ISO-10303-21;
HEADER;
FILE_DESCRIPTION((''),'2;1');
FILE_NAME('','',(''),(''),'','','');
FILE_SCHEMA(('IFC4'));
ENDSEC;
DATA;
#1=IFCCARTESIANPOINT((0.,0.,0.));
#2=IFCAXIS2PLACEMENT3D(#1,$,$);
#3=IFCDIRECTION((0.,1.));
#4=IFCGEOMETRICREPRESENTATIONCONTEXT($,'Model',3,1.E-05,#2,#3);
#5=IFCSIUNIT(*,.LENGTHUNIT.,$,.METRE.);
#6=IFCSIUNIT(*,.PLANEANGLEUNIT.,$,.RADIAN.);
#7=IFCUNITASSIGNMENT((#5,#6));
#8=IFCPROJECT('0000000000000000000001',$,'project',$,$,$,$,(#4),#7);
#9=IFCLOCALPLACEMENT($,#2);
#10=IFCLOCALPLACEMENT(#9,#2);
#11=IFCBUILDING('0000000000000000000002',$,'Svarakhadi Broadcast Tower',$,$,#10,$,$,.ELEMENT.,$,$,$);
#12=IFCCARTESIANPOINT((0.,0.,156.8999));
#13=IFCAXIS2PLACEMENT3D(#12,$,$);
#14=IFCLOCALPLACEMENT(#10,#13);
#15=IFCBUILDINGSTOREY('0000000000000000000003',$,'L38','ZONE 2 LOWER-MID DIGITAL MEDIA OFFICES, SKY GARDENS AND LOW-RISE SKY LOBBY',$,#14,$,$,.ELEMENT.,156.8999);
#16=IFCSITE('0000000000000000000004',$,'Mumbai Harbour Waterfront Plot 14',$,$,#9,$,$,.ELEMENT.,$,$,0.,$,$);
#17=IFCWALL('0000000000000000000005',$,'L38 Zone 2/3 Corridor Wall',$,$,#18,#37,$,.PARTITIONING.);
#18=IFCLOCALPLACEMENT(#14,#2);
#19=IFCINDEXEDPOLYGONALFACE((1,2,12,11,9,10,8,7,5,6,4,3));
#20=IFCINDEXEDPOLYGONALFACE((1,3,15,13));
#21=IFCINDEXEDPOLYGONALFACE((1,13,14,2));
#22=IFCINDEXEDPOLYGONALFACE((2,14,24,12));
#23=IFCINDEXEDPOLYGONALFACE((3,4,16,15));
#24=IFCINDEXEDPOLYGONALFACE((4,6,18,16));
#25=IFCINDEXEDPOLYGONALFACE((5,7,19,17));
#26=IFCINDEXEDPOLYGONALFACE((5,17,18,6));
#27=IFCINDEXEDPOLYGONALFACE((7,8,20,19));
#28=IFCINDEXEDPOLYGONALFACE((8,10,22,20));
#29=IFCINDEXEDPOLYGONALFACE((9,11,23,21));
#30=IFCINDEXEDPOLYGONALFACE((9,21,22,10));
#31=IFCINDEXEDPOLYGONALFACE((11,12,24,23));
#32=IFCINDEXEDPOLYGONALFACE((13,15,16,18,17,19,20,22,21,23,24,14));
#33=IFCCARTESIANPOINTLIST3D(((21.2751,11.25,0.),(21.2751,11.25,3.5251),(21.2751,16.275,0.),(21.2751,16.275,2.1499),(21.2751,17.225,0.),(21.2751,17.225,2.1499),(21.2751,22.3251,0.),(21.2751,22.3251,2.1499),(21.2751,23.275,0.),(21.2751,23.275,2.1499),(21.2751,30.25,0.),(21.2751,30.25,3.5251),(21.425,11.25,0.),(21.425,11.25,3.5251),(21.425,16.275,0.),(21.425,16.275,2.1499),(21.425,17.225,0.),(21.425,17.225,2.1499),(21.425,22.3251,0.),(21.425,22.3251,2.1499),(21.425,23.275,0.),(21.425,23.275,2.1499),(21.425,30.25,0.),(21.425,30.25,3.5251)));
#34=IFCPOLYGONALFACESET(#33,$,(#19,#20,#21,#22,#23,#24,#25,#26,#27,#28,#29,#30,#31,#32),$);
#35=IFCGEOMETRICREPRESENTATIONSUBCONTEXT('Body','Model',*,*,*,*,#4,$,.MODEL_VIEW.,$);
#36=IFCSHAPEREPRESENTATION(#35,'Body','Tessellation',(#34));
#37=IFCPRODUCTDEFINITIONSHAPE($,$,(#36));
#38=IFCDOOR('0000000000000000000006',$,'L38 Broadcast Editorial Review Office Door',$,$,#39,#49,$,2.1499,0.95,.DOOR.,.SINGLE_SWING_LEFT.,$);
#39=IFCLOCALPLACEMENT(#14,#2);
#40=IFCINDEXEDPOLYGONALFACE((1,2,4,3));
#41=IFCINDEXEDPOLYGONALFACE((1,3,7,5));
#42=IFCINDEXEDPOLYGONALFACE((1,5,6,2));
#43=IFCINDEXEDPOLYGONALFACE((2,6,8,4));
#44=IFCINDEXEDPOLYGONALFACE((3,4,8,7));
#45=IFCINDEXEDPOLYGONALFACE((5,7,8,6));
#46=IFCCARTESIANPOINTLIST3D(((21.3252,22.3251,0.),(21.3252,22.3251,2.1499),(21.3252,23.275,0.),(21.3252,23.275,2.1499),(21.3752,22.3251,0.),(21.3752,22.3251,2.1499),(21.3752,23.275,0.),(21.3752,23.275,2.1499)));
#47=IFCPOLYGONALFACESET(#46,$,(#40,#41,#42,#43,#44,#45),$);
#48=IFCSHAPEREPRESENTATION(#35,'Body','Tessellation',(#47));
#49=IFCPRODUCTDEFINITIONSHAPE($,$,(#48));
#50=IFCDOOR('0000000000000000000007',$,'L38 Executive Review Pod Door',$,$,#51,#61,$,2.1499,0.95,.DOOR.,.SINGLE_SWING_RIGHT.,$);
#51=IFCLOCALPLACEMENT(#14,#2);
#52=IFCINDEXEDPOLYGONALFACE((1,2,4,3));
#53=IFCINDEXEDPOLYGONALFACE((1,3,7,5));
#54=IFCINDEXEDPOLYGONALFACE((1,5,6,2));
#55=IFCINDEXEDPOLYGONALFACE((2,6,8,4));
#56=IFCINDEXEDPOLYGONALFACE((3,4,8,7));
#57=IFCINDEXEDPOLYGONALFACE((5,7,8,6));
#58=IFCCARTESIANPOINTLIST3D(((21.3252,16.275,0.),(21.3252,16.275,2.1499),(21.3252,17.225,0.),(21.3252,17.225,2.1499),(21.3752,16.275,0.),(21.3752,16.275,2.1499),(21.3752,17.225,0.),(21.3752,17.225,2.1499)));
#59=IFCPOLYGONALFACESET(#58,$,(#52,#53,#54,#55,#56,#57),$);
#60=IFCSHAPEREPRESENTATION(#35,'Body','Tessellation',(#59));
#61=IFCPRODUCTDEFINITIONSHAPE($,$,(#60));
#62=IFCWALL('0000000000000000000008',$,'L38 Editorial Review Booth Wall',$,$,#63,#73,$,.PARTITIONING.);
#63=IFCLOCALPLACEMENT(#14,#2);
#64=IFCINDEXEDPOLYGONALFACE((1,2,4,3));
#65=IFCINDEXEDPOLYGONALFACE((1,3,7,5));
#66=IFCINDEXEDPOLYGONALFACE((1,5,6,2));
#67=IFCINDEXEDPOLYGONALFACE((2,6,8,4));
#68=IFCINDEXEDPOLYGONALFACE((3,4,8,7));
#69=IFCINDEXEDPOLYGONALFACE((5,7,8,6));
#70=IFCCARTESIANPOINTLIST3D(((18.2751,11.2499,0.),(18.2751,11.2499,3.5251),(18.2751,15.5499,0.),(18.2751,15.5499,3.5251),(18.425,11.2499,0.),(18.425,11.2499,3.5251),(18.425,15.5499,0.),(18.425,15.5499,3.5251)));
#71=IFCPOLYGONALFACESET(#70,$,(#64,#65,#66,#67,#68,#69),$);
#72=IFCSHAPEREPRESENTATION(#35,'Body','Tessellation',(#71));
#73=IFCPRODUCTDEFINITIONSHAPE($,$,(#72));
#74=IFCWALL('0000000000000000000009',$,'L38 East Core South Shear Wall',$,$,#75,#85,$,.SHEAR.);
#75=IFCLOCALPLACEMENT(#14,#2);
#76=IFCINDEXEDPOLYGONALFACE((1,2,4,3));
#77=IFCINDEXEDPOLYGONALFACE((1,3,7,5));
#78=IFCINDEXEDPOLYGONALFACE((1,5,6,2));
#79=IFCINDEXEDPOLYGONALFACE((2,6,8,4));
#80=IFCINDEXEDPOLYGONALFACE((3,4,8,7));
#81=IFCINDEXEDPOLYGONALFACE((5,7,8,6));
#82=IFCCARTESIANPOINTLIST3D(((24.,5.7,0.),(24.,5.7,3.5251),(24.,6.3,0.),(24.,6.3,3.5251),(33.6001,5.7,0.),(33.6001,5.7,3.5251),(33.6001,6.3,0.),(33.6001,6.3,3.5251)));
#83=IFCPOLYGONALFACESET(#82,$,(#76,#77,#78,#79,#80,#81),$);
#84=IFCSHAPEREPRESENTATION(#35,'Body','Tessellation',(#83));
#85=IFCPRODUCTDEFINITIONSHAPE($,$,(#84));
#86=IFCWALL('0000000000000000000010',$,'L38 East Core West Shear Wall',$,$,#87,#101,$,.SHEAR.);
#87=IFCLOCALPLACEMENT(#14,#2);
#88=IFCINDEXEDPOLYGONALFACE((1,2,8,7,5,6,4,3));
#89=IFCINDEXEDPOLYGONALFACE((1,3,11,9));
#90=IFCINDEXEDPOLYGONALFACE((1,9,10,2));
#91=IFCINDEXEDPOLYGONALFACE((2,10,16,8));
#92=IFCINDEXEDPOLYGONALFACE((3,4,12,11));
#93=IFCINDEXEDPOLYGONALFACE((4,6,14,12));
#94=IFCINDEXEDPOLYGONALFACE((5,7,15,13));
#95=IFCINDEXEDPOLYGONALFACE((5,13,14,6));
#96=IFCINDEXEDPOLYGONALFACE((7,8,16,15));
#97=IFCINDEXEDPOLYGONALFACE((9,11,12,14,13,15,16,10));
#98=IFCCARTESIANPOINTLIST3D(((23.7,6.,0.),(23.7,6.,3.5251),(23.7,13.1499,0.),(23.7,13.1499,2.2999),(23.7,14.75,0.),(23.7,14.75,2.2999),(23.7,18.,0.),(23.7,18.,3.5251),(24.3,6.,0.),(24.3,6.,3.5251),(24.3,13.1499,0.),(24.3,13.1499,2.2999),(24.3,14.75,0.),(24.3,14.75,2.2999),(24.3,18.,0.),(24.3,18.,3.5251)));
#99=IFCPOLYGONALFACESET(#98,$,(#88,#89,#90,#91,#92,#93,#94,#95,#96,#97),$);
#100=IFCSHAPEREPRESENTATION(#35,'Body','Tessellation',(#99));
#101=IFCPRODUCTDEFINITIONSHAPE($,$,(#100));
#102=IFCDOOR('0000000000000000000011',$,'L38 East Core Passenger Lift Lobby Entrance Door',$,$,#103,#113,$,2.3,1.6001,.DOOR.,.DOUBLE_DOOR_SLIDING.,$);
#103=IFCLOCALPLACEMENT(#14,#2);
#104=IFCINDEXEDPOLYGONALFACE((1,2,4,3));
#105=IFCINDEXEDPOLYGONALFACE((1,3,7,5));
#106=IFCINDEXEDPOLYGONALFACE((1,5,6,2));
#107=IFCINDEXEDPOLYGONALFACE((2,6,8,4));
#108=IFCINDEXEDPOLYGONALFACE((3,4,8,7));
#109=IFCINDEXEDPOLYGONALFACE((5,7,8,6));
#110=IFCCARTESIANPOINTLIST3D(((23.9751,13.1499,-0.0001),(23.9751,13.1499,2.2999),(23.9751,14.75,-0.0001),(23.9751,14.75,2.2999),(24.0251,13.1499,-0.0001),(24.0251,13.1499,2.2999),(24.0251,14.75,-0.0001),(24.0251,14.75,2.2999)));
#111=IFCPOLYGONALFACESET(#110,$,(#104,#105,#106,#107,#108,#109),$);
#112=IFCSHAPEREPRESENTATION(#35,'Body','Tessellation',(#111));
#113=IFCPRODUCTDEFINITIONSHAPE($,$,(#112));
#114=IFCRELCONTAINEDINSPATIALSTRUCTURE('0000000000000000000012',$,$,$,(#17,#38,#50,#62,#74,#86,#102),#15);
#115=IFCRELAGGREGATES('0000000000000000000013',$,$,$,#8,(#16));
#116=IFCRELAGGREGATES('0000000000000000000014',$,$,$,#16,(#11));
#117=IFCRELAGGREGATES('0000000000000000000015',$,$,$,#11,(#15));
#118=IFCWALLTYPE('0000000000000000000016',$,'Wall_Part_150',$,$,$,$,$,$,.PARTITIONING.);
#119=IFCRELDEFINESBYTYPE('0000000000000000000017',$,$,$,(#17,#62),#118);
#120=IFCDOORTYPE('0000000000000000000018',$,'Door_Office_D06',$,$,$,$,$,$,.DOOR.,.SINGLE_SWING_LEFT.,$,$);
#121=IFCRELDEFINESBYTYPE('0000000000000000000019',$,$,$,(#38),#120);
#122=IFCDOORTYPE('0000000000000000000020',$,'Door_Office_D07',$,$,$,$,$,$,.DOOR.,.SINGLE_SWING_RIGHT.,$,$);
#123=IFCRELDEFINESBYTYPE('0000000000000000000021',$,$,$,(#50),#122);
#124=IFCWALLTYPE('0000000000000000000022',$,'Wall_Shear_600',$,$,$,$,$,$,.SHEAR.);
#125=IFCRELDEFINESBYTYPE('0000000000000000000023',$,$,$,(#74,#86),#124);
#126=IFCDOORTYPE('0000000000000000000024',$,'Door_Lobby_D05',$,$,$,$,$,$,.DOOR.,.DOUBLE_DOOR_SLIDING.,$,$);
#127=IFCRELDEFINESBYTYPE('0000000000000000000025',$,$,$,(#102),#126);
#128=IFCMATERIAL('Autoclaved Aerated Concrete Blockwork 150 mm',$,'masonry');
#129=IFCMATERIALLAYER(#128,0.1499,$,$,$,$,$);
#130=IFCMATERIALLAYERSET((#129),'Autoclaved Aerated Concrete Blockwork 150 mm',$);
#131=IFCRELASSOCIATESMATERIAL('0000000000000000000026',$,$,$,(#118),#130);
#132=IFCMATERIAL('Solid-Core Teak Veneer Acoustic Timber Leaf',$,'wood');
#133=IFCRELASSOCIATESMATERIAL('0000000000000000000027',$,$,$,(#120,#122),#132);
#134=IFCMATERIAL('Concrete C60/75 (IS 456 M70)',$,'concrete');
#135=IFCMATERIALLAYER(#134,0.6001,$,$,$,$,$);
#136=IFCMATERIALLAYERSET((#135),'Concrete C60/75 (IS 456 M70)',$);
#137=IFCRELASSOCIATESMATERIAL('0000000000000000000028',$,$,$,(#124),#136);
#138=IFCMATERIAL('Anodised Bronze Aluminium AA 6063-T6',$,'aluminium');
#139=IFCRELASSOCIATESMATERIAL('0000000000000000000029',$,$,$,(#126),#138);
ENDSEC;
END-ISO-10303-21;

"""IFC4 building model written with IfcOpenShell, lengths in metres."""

from ifc_helpers import new_model, si_unit, direction, frame, frame_2d, origin, place, context, subcontext, project, spatial, rectangle, extrude, material, layer, layer_set, type_object, element, fill, save


model = new_model("IFC4")

# Units and contexts
model_context = context("Model", 3, precision=1e-05, world=origin(), true_north=direction((0.0, 1.0)))
body_context = subcontext(model_context, "Body", "Model", "MODEL_VIEW")
ifc_project = project(units=[si_unit("LENGTHUNIT", "METRE"), si_unit("PLANEANGLEUNIT", "RADIAN")], contexts=[model_context])

# Site, building, storey
site_placement = place(None, origin())
site = spatial("IfcSite", under=ifc_project, at=site_placement, Name="Mumbai Harbour Waterfront Plot 14", CompositionType="ELEMENT", RefElevation=0.0)
building_placement = place(site_placement, origin())
building = spatial("IfcBuilding", under=site, at=building_placement, Name="Svarakhadi Broadcast Tower", CompositionType="ELEMENT")
storey_placement = place(building_placement, frame((0.0, 0.0, 156.8999)))
storey = spatial("IfcBuildingStorey", under=building, at=storey_placement, Name="L38", Description="ZONE 2 LOWER-MID DIGITAL MEDIA OFFICES, SKY GARDENS AND LOW-RISE SKY LOBBY", CompositionType="ELEMENT", Elevation=156.8999)

# Shared definitions
ifc_material_1 = material(Name="Autoclaved Aerated Concrete Blockwork 150 mm", Category="masonry")
ifc_layer_1 = layer(ifc_material_1, 0.1499)
ifc_layer_set_1 = layer_set([ifc_layer_1], Name="Autoclaved Aerated Concrete Blockwork 150 mm")
wall_type_1 = type_object("IfcWallType", Name="Wall_Part_150", PredefinedType="PARTITIONING", material=ifc_layer_set_1)

# Wall, openings, doors
ifc_material_2 = material(Name="Solid-Core Teak Veneer Acoustic Timber Leaf", Category="wood")
door_type_1 = type_object("IfcDoorType", Name="Door_Office_D06", OperationType="SINGLE_SWING_LEFT", PredefinedType="DOOR", material=ifc_material_2)
door_type_2 = type_object("IfcDoorType", Name="Door_Office_D07", OperationType="SINGLE_SWING_RIGHT", PredefinedType="DOOR", material=ifc_material_2)
wall_1_placement = place(storey_placement, frame((21.3501, 11.25, 0.0), z_axis=(0.0, 0.0, 1.0), x_axis=(0.0, 1.0, 0.0)))
wall_1 = element("IfcWall", 1, at=wall_1_placement, inside=storey, type_object=wall_type_1, Name="L38 Zone 2/3 Corridor Wall", PredefinedType="PARTITIONING", context=body_context, shape_type="SweptSolid", body=[
    extrude(rectangle(XDim=19.0, YDim=0.1499, at=frame_2d((9.5, 0.0))), origin(), (0.0, 0.0, 1.0), 3.5251),
])
opening_1_placement = place(wall_1_placement, frame((11.075, 0.0, 0.0)))
opening_1 = element("IfcOpeningElement", 2, at=opening_1_placement, cuts=wall_1, PredefinedType="OPENING", context=body_context, shape_type="SweptSolid", body=[
    extrude(rectangle(XDim=0.95, YDim=2.1499, at=frame_2d((0.4751, 1.075))), frame((0.0, 0.085, 0.0), z_axis=(0.0, -1.0, 0.0), x_axis=(1.0, 0.0, 0.0)), (0.0, 0.0, 1.0), 0.1699),
])
opening_2_placement = place(wall_1_placement, frame((5.0249, 0.0, 0.0)))
opening_2 = element("IfcOpeningElement", 3, at=opening_2_placement, cuts=wall_1, PredefinedType="OPENING", context=body_context, shape_type="SweptSolid", body=[
    extrude(rectangle(XDim=0.95, YDim=2.1499, at=frame_2d((0.4751, 1.075))), frame((0.0, 0.085, 0.0), z_axis=(0.0, -1.0, 0.0), x_axis=(1.0, 0.0, 0.0)), (0.0, 0.0, 1.0), 0.1699),
])
door_1_placement = place(opening_1_placement, origin())
door_1 = element("IfcDoor", 4, at=door_1_placement, inside=storey, type_object=door_type_1, Name="L38 Broadcast Editorial Review Office Door", OperationType="SINGLE_SWING_LEFT", OverallHeight=2.1499, OverallWidth=0.95, PredefinedType="DOOR", context=body_context, shape_type="SweptSolid", body=[
    extrude(rectangle(XDim=0.95, YDim=2.1499, at=frame_2d((0.4751, 1.075))), frame((0.0, 0.0249, 0.0), z_axis=(0.0, -1.0, 0.0), x_axis=(1.0, 0.0, 0.0)), (0.0, 0.0, 1.0), 0.05),
])
fill(opening_1, door_1)
door_2_placement = place(opening_2_placement, origin())
door_2 = element("IfcDoor", 5, at=door_2_placement, inside=storey, type_object=door_type_2, Name="L38 Executive Review Pod Door", OperationType="SINGLE_SWING_RIGHT", OverallHeight=2.1499, OverallWidth=0.95, PredefinedType="DOOR", context=body_context, shape_type="SweptSolid", body=[
    extrude(rectangle(XDim=0.95, YDim=2.1499, at=frame_2d((0.4751, 1.075))), frame((0.0, 0.0249, 0.0), z_axis=(0.0, -1.0, 0.0), x_axis=(1.0, 0.0, 0.0)), (0.0, 0.0, 1.0), 0.05),
])
fill(opening_2, door_2)

# Walls
wall_2_placement = place(storey_placement, frame((18.3501, 11.25, 0.0), z_axis=(0.0, 0.0, 1.0), x_axis=(0.0, 1.0, 0.0)))
element("IfcWall", 6, at=wall_2_placement, inside=storey, type_object=wall_type_1, Name="L38 Editorial Review Booth Wall", PredefinedType="PARTITIONING", context=body_context, shape_type="SweptSolid", body=[
    extrude(rectangle(XDim=4.3, YDim=0.1499, at=frame_2d((2.1499, 0.0))), origin(), (0.0, 0.0, 1.0), 3.5251),
])
ifc_material_3 = material(Name="Concrete C60/75 (IS 456 M70)", Category="concrete")
ifc_layer_2 = layer(ifc_material_3, 0.6001)
ifc_layer_set_2 = layer_set([ifc_layer_2], Name="Concrete C60/75 (IS 456 M70)")
wall_type_2 = type_object("IfcWallType", Name="Wall_Shear_600", PredefinedType="SHEAR", material=ifc_layer_set_2)
wall_3_placement = place(storey_placement, frame((24.0, 6.0, 0.0), z_axis=(0.0, 0.0, 1.0), x_axis=(1.0, 0.0, 0.0)))
element("IfcWall", 7, at=wall_3_placement, inside=storey, type_object=wall_type_2, Name="L38 East Core South Shear Wall", PredefinedType="SHEAR", context=body_context, shape_type="SweptSolid", body=[
    extrude(rectangle(XDim=9.6001, YDim=0.6001, at=frame_2d((4.8, 0.0))), origin(), (0.0, 0.0, 1.0), 3.5251),
])

# Wall, opening, door
wall_4_placement = place(storey_placement, frame((24.0, 6.0, 0.0), z_axis=(0.0, 0.0, 1.0), x_axis=(0.0, 1.0, 0.0)))
wall_4 = element("IfcWall", 8, at=wall_4_placement, inside=storey, type_object=wall_type_2, Name="L38 East Core West Shear Wall", PredefinedType="SHEAR", context=body_context, shape_type="SweptSolid", body=[
    extrude(rectangle(XDim=12.0, YDim=0.6001, at=frame_2d((6.0, 0.0))), origin(), (0.0, 0.0, 1.0), 3.5251),
])
opening_3_placement = place(wall_4_placement, frame((7.1499, 0.0, 0.0)))
opening_3 = element("IfcOpeningElement", 9, at=opening_3_placement, cuts=wall_4, PredefinedType="OPENING", context=body_context, shape_type="SweptSolid", body=[
    extrude(rectangle(XDim=1.6001, YDim=2.3, at=frame_2d((0.8, 1.1499))), frame((0.0, 0.3101, 0.0), z_axis=(0.0, -1.0, 0.0), x_axis=(1.0, 0.0, 0.0)), (0.0, 0.0, 1.0), 0.6201),
])
ifc_material_4 = material(Name="Anodised Bronze Aluminium AA 6063-T6", Category="aluminium")
door_type_3 = type_object("IfcDoorType", Name="Door_Lobby_D05", OperationType="DOUBLE_DOOR_SLIDING", PredefinedType="DOOR", material=ifc_material_4)
door_3_placement = place(opening_3_placement, origin())
door_3 = element("IfcDoor", 10, at=door_3_placement, inside=storey, type_object=door_type_3, Name="L38 East Core Passenger Lift Lobby Entrance Door", OperationType="DOUBLE_DOOR_SLIDING", OverallHeight=2.3, OverallWidth=1.6001, PredefinedType="DOOR", context=body_context, shape_type="SweptSolid", body=[
    extrude(rectangle(XDim=1.6001, YDim=2.3, at=frame_2d((0.8, 1.1499))), frame((0.0, 0.0249, 0.0), z_axis=(0.0, -1.0, 0.0), x_axis=(1.0, 0.0, 0.0)), (0.0, 0.0, 1.0), 0.05),
])
fill(opening_3, door_3)

save(model, "model.ifc")
